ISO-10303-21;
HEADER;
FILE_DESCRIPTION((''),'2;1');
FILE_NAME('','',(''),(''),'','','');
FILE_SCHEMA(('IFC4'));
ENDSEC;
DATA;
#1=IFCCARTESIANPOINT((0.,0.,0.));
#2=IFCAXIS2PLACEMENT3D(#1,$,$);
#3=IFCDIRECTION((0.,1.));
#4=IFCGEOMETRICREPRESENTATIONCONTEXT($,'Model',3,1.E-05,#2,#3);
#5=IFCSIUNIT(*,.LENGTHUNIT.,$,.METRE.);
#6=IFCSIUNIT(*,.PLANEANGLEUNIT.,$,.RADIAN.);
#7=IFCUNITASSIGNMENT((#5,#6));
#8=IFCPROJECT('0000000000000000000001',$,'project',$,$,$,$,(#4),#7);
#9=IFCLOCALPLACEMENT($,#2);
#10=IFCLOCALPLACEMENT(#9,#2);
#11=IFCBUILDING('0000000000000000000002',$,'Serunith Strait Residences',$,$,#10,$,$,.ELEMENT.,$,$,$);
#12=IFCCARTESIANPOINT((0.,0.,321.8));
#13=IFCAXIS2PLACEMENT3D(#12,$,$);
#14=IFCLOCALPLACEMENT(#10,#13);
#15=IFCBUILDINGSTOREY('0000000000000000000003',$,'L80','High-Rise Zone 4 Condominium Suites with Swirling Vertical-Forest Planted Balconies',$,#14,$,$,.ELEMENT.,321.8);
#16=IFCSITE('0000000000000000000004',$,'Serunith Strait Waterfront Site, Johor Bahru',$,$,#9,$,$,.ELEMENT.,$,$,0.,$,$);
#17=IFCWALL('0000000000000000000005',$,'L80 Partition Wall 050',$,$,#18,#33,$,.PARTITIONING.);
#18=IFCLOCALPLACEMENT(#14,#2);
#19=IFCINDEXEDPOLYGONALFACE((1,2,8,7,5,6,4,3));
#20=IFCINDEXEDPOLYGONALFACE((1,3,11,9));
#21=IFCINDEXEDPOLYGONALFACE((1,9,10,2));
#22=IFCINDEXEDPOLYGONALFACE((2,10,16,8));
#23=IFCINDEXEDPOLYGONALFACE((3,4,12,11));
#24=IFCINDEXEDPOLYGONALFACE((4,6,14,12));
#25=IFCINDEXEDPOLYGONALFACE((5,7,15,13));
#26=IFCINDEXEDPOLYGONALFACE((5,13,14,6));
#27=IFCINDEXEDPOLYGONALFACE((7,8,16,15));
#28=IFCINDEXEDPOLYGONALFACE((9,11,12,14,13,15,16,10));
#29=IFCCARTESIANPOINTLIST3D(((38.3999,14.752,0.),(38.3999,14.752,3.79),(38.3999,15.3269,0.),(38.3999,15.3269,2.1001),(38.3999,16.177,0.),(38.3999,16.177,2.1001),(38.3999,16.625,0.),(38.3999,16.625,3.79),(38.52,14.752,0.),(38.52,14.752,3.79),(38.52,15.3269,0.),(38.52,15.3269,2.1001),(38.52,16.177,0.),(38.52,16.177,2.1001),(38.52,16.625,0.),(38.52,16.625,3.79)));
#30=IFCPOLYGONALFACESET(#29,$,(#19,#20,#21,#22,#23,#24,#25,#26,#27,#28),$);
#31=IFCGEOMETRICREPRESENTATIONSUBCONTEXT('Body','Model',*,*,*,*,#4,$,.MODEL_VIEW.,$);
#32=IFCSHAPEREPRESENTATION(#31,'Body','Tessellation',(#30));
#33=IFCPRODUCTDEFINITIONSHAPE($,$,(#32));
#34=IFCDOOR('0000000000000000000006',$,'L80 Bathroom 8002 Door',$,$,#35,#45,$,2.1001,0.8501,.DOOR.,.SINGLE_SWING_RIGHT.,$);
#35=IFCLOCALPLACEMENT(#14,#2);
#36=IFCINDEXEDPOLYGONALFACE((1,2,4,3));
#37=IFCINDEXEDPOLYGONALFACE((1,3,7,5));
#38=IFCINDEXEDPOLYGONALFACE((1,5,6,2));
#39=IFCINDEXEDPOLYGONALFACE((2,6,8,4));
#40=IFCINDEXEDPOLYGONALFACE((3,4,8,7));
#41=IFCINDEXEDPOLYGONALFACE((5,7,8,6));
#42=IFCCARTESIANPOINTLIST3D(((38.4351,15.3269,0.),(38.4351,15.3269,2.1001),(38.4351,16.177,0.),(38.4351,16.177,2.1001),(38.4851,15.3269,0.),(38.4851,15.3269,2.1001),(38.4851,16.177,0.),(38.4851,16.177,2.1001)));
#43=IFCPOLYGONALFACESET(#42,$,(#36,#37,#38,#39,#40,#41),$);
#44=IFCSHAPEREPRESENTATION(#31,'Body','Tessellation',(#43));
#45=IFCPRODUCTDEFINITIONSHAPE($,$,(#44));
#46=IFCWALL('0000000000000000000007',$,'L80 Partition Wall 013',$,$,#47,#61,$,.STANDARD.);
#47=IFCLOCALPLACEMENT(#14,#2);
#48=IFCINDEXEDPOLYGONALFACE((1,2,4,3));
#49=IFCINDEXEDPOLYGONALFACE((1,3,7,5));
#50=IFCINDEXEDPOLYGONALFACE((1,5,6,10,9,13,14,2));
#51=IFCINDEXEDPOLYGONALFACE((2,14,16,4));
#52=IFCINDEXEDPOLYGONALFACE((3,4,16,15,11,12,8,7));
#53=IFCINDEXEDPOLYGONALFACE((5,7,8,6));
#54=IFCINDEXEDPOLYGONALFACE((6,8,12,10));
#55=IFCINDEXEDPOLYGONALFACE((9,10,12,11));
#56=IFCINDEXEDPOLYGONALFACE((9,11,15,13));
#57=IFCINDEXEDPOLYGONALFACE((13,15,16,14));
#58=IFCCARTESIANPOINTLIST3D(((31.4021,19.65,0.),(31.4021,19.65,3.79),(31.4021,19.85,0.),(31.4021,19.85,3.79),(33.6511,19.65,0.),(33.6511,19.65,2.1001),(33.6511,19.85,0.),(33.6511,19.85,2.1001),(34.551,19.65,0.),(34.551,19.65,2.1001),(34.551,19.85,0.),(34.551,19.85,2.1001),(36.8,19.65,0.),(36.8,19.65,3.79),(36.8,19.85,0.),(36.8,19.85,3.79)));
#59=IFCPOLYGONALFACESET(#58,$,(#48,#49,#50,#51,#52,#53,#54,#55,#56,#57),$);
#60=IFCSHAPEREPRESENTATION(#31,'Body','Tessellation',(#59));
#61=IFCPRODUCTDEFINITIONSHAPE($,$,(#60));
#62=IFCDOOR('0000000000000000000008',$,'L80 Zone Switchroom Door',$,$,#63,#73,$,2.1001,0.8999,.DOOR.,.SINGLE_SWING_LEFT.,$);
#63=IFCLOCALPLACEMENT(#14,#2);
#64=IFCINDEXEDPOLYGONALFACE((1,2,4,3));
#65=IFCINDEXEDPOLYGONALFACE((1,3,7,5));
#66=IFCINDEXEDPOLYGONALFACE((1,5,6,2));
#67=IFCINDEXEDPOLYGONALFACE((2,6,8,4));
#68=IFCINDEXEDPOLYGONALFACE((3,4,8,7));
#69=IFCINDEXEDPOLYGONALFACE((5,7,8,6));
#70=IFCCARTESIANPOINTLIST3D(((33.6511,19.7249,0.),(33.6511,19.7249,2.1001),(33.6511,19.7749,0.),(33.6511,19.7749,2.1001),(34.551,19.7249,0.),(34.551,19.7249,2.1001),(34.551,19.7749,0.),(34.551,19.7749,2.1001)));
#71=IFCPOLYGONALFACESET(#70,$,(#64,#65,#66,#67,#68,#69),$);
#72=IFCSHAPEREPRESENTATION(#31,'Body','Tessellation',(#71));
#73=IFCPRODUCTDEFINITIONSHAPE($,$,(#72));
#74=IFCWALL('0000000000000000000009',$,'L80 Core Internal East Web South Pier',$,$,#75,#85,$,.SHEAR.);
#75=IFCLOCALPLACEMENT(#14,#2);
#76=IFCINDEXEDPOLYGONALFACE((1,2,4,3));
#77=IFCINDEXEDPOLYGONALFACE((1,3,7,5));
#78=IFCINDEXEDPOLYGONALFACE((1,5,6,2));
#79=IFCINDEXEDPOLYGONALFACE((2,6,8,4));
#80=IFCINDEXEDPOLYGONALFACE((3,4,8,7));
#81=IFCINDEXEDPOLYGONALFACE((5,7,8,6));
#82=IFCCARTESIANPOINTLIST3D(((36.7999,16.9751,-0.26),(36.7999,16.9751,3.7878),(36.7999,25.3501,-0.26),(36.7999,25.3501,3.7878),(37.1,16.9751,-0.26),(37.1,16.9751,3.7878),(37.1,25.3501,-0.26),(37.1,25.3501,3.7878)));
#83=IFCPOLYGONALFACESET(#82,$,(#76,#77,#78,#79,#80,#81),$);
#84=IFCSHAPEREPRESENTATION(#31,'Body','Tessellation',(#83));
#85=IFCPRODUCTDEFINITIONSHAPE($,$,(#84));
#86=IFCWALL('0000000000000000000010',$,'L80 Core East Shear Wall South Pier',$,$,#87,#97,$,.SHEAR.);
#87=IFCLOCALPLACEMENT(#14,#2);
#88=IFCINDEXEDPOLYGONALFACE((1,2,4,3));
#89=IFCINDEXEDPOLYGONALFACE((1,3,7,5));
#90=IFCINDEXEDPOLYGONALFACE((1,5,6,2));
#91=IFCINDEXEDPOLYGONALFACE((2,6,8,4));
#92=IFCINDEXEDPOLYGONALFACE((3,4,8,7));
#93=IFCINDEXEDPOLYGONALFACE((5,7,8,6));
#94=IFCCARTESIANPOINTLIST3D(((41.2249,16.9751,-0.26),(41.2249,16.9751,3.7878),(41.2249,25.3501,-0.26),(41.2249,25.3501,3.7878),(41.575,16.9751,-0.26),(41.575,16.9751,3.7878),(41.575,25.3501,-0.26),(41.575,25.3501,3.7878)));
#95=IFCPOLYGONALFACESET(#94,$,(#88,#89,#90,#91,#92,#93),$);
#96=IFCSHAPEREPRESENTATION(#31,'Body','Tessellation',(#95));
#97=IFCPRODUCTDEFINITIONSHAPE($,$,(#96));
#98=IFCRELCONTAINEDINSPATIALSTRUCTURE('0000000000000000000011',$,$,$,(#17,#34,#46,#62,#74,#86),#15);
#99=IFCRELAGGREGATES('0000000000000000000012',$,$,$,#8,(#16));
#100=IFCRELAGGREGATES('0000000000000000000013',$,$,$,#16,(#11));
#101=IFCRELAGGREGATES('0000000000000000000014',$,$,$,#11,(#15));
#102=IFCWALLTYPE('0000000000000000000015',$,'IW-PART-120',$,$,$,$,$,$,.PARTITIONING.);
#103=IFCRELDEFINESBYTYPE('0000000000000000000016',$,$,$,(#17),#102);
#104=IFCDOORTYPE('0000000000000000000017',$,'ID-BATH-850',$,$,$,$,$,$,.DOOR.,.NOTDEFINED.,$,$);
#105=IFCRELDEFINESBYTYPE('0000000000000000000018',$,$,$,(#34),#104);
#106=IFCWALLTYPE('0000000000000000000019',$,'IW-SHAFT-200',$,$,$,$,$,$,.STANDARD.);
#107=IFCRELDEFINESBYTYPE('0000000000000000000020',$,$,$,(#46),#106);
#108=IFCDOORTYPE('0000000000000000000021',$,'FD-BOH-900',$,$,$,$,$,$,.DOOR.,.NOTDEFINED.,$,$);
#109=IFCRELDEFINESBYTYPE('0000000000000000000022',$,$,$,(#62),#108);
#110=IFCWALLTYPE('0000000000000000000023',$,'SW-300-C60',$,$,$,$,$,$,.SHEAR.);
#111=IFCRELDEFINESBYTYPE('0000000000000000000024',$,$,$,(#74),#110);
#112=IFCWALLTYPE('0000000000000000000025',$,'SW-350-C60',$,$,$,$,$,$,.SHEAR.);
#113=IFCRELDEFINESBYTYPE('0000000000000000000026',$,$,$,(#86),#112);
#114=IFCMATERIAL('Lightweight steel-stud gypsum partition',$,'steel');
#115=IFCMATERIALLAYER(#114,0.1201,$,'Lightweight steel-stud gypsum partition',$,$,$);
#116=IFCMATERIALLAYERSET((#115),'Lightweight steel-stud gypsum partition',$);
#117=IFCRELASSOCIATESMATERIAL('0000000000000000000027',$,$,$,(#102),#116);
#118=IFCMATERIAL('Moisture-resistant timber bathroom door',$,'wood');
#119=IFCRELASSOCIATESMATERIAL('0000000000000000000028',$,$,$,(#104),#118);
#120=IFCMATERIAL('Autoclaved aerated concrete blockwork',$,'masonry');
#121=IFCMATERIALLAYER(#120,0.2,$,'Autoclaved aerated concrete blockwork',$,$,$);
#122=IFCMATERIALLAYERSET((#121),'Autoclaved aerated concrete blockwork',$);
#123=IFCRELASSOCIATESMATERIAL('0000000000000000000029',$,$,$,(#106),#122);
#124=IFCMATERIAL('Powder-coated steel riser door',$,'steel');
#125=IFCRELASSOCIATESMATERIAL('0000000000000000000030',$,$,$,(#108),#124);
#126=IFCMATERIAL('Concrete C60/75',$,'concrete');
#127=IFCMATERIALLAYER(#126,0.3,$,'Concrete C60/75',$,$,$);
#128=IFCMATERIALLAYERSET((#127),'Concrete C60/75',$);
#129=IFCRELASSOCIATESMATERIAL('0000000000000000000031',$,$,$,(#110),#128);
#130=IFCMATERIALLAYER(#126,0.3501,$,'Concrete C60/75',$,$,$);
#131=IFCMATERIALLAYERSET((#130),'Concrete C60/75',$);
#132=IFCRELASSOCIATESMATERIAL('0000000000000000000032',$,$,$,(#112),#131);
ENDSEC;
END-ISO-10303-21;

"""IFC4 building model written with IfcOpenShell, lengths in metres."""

from ifc_helpers import new_model, si_unit, direction, frame, frame_2d, origin, place, context, subcontext, project, spatial, rectangle, extrude, source, transform, mapped, material, layer, layer_set, type_object, element, fill, save


model = new_model("IFC4")

# Units and contexts
model_context = context("Model", 3, precision=1e-05, world=origin(), true_north=direction((0.0, 1.0)))
body_context = subcontext(model_context, "Body", "Model", "MODEL_VIEW")
ifc_project = project(units=[si_unit("LENGTHUNIT", "METRE"), si_unit("PLANEANGLEUNIT", "RADIAN")], contexts=[model_context])

# Site, building, storey
site_placement = place(None, origin())
site = spatial("IfcSite", under=ifc_project, at=site_placement, Name="Serunith Strait Waterfront Site, Johor Bahru", CompositionType="ELEMENT", RefElevation=0.0)
building_placement = place(site_placement, origin())
building = spatial("IfcBuilding", under=site, at=building_placement, Name="Serunith Strait Residences", CompositionType="ELEMENT")
storey_placement = place(building_placement, frame((0.0, 0.0, 321.8)))
storey = spatial("IfcBuildingStorey", under=building, at=storey_placement, Name="L80", Description="High-Rise Zone 4 Condominium Suites with Swirling Vertical-Forest Planted Balconies", CompositionType="ELEMENT", Elevation=321.8)

# Shared definitions
ifc_material_1 = material(Name="Concrete C60/75", Category="concrete")

# Shared definitions
ifc_material_2 = material(Name="Lightweight steel-stud gypsum partition", Category="steel")
ifc_layer_1 = layer(ifc_material_2, 0.1201, Name="Lightweight steel-stud gypsum partition")
ifc_layer_set_1 = layer_set([ifc_layer_1], Name="Lightweight steel-stud gypsum partition")
wall_type_1 = type_object("IfcWallType", Name="IW-PART-120", PredefinedType="PARTITIONING", material=ifc_layer_set_1)

# Walls, openings, doors
wall_1_placement = place(storey_placement, frame((38.46, 14.752, 0.0), z_axis=(0.0, 0.0, 1.0), x_axis=(0.0, 1.0, 0.0)))
wall_1 = element("IfcWall", 1, at=wall_1_placement, inside=storey, type_object=wall_type_1, Name="L80 Partition Wall 050", PredefinedType="PARTITIONING", context=body_context, shape_type="SweptSolid", body=[
    extrude(rectangle(XDim=1.873, YDim=0.1201, at=frame_2d((0.9365, 0.0))), origin(), (0.0, 0.0, 1.0), 3.79),
])
opening_1_placement = place(wall_1_placement, frame((0.575, 0.0, 0.0)))
opening_1 = element("IfcOpeningElement", 2, at=opening_1_placement, cuts=wall_1, PredefinedType="OPENING", context=body_context, shape_type="SweptSolid", body=[
    extrude(rectangle(XDim=0.8501, YDim=2.1001, at=frame_2d((0.425, 1.05))), frame((0.0, 0.0701, 0.0), z_axis=(0.0, -1.0, 0.0), x_axis=(1.0, 0.0, 0.0)), (0.0, 0.0, 1.0), 0.1401),
])
ifc_material_3 = material(Name="Moisture-resistant timber bathroom door", Category="wood")
door_type_1 = type_object("IfcDoorType", Name="ID-BATH-850", OperationType="NOTDEFINED", PredefinedType="DOOR", material=ifc_material_3)
shared_shape_1 = source(origin(), body_context, "Body", "SweptSolid", [
    extrude(rectangle(XDim=0.8501, YDim=2.1001, at=frame_2d((0.425, 1.05))), frame((0.0, 0.0249, 0.0), z_axis=(0.0, -1.0, 0.0), x_axis=(1.0, 0.0, 0.0)), (0.0, 0.0, 1.0), 0.05),
])
door_1_placement = place(opening_1_placement, origin())
door_1 = element("IfcDoor", 3, at=door_1_placement, inside=storey, type_object=door_type_1, Name="L80 Bathroom 8002 Door", OperationType="SINGLE_SWING_RIGHT", OverallHeight=2.1001, OverallWidth=0.8501, PredefinedType="DOOR", context=body_context, shape_type="MappedRepresentation", body=[
    mapped(shared_shape_1, transform((0.0, 0.0, 0.0), scale=1.0)),
])
fill(opening_1, door_1)
ifc_material_4 = material(Name="Autoclaved aerated concrete blockwork", Category="masonry")
ifc_layer_2 = layer(ifc_material_4, 0.2, Name="Autoclaved aerated concrete blockwork")
ifc_layer_set_2 = layer_set([ifc_layer_2], Name="Autoclaved aerated concrete blockwork")
wall_type_2 = type_object("IfcWallType", Name="IW-SHAFT-200", PredefinedType="STANDARD", material=ifc_layer_set_2)
wall_2_placement = place(storey_placement, frame((31.4021, 19.75, 0.0), z_axis=(0.0, 0.0, 1.0), x_axis=(1.0, 0.0, 0.0)))
wall_2 = element("IfcWall", 4, at=wall_2_placement, inside=storey, type_object=wall_type_2, Name="L80 Partition Wall 013", PredefinedType="STANDARD", context=body_context, shape_type="SweptSolid", body=[
    extrude(rectangle(XDim=5.3979, YDim=0.2, at=frame_2d((2.699, 0.0))), origin(), (0.0, 0.0, 1.0), 3.79),
])
opening_2_placement = place(wall_2_placement, frame((2.249, 0.0, 0.0)))
opening_2 = element("IfcOpeningElement", 5, at=opening_2_placement, cuts=wall_2, PredefinedType="OPENING", context=body_context, shape_type="SweptSolid", body=[
    extrude(rectangle(XDim=0.8999, YDim=2.1001, at=frame_2d((0.45, 1.05))), frame((0.0, 0.1099, 0.0), z_axis=(0.0, -1.0, 0.0), x_axis=(1.0, 0.0, 0.0)), (0.0, 0.0, 1.0), 0.22),
])
ifc_material_5 = material(Name="Powder-coated steel riser door", Category="steel")
door_type_2 = type_object("IfcDoorType", Name="FD-BOH-900", OperationType="NOTDEFINED", PredefinedType="DOOR", material=ifc_material_5)
shared_shape_2 = source(origin(), body_context, "Body", "SweptSolid", [
    extrude(rectangle(XDim=0.8999, YDim=2.1001, at=frame_2d((0.45, 1.05))), frame((0.0, 0.0249, 0.0), z_axis=(0.0, -1.0, 0.0), x_axis=(1.0, 0.0, 0.0)), (0.0, 0.0, 1.0), 0.05),
])
door_2_placement = place(opening_2_placement, origin())
door_2 = element("IfcDoor", 6, at=door_2_placement, inside=storey, type_object=door_type_2, Name="L80 Zone Switchroom Door", OperationType="SINGLE_SWING_LEFT", OverallHeight=2.1001, OverallWidth=0.8999, PredefinedType="DOOR", context=body_context, shape_type="MappedRepresentation", body=[
    mapped(shared_shape_2, transform((0.0, 0.0, 0.0), scale=1.0)),
])
fill(opening_2, door_2)

# Walls
ifc_layer_3 = layer(ifc_material_1, 0.3, Name="Concrete C60/75")
ifc_layer_set_3 = layer_set([ifc_layer_3], Name="Concrete C60/75")
wall_type_3 = type_object("IfcWallType", Name="SW-300-C60", PredefinedType="SHEAR", material=ifc_layer_set_3)
wall_3_placement = place(storey_placement, frame((36.95, 16.9751, -0.26), z_axis=(0.0, 0.0, 1.0), x_axis=(0.0, 1.0, 0.0)))
element("IfcWall", 7, at=wall_3_placement, inside=storey, type_object=wall_type_3, Name="L80 Core Internal East Web South Pier", PredefinedType="SHEAR", context=body_context, shape_type="SweptSolid", body=[
    extrude(rectangle(XDim=8.375, YDim=0.3, at=frame_2d((4.1875, 0.0))), origin(), (0.0, 0.0, 1.0), 4.0479),
])
ifc_layer_4 = layer(ifc_material_1, 0.3501, Name="Concrete C60/75")
ifc_layer_set_4 = layer_set([ifc_layer_4], Name="Concrete C60/75")
wall_type_4 = type_object("IfcWallType", Name="SW-350-C60", PredefinedType="SHEAR", material=ifc_layer_set_4)
wall_4_placement = place(storey_placement, frame((41.3999, 16.9751, -0.26), z_axis=(0.0, 0.0, 1.0), x_axis=(0.0, 1.0, 0.0)))
element("IfcWall", 8, at=wall_4_placement, inside=storey, type_object=wall_type_4, Name="L80 Core East Shear Wall South Pier", PredefinedType="SHEAR", context=body_context, shape_type="SweptSolid", body=[
    extrude(rectangle(XDim=8.375, YDim=0.3501, at=frame_2d((4.1875, 0.0))), origin(), (0.0, 0.0, 1.0), 4.0479),
])

save(model, "model.ifc")
